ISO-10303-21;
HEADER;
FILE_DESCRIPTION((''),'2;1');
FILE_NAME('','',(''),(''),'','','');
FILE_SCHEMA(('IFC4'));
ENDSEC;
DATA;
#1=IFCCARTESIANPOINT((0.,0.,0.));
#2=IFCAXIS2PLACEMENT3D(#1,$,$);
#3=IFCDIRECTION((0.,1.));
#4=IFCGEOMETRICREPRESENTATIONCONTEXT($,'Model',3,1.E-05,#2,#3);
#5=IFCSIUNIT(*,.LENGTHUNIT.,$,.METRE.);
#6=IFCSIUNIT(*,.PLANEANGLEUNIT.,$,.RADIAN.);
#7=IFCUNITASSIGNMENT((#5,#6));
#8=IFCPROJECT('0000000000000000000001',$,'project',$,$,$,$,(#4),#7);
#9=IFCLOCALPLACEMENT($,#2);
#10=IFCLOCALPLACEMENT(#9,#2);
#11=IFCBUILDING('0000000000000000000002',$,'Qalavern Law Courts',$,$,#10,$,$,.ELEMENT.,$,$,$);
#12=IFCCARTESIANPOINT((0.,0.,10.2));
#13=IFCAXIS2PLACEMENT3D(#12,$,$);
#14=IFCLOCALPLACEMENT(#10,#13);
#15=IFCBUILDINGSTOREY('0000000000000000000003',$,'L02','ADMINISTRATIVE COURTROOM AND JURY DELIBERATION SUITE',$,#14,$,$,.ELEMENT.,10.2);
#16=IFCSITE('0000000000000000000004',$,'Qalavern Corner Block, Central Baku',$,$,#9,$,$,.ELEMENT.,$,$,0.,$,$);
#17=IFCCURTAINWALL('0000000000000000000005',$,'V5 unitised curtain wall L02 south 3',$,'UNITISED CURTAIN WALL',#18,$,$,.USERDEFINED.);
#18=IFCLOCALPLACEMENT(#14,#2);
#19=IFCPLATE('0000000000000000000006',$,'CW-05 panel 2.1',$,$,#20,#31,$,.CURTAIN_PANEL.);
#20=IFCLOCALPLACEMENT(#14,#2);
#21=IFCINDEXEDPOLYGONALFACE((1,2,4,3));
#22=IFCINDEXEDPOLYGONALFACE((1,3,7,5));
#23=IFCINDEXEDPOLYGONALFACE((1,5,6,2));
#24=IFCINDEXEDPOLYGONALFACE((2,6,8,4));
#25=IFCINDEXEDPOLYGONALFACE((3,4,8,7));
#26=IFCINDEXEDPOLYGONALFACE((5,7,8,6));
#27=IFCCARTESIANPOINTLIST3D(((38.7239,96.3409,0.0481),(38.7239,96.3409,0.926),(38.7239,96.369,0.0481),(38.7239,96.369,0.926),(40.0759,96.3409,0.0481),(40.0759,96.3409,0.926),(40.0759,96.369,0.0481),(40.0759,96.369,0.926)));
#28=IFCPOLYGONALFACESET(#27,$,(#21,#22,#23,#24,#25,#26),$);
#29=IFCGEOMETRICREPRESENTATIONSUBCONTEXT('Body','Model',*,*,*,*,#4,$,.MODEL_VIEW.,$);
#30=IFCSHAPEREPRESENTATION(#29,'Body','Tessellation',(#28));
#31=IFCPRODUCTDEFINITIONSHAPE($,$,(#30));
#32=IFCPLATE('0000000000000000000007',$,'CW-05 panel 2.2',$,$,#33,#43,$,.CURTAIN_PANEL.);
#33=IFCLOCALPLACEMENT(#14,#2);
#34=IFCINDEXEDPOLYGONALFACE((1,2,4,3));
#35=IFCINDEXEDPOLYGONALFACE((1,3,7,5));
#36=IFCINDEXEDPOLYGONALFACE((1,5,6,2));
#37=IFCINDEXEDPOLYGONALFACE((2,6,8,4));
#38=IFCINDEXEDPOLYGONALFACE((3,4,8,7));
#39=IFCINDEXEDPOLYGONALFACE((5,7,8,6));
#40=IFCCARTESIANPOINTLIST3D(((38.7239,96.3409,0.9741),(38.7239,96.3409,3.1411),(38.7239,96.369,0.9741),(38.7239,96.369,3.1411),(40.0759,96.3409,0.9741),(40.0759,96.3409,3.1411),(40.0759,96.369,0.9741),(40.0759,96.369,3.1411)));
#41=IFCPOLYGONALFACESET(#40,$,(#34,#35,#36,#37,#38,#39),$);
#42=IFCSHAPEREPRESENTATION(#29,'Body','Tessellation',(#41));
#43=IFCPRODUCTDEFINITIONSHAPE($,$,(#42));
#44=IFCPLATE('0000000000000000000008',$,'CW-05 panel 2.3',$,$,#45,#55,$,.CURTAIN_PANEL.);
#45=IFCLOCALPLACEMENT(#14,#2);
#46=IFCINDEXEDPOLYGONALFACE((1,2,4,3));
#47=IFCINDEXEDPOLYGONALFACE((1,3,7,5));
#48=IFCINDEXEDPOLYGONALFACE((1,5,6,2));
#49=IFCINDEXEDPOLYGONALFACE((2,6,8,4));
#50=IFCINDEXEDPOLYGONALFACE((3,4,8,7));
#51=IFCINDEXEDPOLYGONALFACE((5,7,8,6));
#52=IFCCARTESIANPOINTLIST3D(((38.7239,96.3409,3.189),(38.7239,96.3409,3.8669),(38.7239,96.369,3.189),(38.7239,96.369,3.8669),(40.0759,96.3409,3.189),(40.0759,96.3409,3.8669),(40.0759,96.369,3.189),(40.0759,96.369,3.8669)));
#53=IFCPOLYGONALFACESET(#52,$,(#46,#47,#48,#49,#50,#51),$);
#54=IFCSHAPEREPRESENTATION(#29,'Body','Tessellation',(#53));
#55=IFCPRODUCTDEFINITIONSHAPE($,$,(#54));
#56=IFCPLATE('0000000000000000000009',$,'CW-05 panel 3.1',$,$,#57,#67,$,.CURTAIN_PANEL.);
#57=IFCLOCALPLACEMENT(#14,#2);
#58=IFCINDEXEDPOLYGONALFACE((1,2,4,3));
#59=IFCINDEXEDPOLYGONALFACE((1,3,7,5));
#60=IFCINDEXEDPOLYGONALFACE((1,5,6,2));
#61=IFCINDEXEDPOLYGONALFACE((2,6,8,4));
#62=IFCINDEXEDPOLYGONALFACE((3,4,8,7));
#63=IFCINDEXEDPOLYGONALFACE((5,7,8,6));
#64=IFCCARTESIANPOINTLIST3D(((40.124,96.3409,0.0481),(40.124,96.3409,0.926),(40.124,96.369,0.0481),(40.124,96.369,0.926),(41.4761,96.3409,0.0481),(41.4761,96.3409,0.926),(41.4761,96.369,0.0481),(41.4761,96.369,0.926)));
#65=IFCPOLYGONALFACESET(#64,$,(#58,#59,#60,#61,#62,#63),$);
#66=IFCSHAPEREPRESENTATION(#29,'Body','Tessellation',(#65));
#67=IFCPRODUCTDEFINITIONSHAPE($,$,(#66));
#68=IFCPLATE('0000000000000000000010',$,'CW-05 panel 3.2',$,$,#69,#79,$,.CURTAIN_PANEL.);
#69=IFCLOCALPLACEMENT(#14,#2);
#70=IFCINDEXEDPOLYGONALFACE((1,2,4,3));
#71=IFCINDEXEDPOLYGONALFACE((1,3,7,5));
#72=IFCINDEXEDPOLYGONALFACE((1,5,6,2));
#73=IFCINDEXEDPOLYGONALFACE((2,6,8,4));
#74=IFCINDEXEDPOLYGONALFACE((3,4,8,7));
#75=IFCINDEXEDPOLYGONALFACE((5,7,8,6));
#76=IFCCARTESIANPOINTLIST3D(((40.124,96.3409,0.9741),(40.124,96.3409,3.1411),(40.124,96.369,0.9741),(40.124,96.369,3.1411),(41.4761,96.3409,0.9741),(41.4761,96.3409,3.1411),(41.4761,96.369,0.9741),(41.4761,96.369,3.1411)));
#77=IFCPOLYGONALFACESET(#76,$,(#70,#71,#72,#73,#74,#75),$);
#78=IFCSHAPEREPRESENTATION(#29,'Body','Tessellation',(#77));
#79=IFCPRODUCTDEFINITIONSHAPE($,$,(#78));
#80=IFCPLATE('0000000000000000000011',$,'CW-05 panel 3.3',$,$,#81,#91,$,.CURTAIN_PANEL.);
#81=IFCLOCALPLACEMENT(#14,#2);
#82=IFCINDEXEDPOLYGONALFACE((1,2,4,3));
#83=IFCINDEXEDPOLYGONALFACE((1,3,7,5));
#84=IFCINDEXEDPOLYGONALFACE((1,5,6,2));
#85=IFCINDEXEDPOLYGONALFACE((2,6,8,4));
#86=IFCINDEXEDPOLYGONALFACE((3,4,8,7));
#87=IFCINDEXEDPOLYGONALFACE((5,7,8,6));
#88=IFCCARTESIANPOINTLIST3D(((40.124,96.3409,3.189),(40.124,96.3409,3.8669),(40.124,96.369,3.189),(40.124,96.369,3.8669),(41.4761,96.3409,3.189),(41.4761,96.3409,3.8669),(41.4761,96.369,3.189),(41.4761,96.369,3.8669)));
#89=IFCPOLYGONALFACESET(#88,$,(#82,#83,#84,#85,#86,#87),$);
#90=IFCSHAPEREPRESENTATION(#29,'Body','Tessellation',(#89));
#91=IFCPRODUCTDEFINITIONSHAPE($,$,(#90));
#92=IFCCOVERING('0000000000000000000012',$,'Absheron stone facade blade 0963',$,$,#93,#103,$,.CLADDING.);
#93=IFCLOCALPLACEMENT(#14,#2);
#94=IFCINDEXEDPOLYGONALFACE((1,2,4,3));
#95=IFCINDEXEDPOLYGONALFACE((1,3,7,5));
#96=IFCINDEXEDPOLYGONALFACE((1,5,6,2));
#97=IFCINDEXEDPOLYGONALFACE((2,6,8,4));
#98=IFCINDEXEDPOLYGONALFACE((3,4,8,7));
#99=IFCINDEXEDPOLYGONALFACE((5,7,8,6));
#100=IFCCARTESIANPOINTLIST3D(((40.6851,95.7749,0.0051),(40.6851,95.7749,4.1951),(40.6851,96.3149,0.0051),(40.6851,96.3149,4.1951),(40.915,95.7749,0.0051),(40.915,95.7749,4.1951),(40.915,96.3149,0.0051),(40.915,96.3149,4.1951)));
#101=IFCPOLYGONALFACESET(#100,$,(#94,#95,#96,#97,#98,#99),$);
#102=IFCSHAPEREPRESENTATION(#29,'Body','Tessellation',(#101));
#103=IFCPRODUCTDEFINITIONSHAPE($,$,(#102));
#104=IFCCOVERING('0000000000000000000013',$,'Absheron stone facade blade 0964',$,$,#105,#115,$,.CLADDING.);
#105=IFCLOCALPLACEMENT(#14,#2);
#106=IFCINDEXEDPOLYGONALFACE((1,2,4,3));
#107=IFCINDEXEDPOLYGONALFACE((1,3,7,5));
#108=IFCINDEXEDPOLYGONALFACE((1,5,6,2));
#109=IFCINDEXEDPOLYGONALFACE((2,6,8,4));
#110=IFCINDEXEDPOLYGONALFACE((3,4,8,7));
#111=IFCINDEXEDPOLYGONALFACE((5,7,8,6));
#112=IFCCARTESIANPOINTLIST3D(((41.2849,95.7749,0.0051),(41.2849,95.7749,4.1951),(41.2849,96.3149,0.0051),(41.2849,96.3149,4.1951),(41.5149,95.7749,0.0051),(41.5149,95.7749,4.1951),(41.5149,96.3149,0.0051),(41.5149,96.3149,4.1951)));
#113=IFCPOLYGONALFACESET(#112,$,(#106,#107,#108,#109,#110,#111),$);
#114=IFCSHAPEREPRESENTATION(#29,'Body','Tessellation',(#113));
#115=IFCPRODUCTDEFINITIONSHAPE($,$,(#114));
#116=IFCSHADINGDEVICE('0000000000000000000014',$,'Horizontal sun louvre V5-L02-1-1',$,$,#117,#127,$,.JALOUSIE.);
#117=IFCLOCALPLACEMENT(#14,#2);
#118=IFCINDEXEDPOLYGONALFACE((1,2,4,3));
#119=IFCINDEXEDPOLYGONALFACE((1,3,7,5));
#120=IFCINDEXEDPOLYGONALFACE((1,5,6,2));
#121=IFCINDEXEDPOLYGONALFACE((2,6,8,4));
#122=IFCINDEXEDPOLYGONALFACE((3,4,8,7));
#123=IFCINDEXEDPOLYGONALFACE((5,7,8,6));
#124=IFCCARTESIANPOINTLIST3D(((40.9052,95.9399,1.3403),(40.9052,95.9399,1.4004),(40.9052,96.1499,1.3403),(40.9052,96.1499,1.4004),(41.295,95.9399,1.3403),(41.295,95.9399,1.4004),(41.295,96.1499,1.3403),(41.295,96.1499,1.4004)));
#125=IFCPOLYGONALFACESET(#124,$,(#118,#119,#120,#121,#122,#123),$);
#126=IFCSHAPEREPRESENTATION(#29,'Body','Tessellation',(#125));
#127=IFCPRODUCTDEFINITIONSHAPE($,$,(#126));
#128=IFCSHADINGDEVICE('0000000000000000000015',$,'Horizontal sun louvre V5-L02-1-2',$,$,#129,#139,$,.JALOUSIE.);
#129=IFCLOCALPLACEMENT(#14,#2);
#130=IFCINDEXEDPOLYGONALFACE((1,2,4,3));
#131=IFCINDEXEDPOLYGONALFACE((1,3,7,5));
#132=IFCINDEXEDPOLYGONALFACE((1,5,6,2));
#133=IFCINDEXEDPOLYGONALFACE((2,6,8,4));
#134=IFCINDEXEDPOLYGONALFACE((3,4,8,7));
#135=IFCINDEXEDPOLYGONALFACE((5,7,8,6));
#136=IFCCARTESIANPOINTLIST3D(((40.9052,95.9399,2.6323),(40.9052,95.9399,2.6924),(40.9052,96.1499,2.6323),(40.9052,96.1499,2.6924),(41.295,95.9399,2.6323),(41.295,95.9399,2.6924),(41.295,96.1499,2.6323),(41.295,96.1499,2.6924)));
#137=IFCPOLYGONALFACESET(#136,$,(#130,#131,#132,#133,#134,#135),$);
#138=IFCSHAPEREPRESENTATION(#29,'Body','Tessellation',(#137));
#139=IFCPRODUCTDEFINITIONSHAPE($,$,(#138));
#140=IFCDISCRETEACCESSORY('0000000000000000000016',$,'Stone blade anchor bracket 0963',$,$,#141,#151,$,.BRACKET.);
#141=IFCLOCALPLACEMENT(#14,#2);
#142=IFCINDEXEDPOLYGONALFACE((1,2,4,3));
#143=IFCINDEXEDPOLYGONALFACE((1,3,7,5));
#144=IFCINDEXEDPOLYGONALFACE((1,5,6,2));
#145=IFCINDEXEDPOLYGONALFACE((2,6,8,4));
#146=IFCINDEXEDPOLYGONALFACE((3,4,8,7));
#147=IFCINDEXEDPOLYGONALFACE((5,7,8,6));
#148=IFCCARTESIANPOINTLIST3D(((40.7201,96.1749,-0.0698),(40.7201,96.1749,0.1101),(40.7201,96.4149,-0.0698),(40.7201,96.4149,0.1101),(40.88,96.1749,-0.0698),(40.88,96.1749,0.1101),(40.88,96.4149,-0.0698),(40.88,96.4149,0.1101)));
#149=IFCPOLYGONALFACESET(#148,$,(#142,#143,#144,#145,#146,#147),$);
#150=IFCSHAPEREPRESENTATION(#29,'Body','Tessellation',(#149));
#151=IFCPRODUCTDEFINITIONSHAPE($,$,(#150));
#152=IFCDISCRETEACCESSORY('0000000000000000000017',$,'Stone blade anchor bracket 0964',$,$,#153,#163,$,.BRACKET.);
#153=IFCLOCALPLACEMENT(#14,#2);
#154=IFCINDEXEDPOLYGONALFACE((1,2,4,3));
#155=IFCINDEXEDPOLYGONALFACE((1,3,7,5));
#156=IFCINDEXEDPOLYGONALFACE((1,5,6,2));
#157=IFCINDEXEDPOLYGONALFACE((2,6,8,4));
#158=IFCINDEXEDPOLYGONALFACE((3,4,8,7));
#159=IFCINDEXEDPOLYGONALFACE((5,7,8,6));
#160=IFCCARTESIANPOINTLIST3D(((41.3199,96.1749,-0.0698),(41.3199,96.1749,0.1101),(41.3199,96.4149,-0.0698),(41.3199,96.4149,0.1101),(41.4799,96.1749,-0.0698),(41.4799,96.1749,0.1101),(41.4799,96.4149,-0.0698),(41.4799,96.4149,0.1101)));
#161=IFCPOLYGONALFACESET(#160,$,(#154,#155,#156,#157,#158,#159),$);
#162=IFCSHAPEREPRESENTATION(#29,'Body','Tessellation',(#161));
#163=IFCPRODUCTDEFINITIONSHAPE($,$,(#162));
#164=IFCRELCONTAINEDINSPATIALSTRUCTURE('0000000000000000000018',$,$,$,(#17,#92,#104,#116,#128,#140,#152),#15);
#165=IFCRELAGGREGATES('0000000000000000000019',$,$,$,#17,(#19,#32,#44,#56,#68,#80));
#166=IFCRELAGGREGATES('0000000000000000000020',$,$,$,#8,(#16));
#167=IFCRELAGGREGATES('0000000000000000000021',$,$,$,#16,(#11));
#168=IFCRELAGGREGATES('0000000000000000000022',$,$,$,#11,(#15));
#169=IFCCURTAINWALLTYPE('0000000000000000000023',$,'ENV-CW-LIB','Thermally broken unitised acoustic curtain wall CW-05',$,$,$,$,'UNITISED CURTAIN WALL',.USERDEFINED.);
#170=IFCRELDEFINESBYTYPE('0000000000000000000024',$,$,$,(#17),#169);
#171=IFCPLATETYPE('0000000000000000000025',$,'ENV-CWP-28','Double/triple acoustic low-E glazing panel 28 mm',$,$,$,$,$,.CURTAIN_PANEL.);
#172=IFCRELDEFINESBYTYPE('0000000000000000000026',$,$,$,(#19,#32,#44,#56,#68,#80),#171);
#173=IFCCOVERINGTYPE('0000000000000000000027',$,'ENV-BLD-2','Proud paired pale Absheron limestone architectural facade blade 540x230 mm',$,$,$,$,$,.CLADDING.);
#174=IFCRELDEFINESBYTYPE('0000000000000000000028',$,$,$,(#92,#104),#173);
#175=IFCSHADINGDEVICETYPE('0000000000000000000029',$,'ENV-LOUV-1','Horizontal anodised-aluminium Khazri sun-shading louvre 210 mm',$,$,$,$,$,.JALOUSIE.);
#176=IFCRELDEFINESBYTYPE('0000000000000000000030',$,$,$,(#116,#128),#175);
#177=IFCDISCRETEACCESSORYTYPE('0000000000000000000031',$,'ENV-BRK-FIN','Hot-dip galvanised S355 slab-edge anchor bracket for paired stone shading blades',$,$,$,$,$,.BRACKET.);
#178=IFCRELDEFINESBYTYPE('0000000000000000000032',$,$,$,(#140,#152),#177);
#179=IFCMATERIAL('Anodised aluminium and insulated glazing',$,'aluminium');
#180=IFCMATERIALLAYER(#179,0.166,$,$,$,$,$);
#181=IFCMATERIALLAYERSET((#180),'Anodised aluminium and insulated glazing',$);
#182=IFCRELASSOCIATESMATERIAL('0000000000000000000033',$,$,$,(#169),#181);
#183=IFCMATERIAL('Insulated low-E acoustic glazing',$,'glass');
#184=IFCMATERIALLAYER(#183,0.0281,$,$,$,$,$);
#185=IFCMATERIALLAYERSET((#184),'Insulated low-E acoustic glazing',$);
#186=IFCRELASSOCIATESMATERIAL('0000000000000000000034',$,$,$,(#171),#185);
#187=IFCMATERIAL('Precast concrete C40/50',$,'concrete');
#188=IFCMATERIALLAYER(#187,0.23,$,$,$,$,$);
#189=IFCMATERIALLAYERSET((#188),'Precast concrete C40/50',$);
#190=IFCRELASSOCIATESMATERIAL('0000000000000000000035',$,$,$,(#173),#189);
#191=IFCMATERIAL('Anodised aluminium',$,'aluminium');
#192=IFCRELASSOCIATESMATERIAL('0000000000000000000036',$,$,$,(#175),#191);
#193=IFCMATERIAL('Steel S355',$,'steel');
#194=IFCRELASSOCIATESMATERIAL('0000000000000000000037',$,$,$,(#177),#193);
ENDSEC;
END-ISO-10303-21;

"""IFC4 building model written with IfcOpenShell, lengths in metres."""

from ifc_helpers import new_model, si_unit, direction, frame, origin, origin_2d, place, context, subcontext, project, spatial, rectangle, extrude, material, layer, layer_set, type_object, element, aggregate, save


model = new_model("IFC4")

# Units and contexts
model_context = context("Model", 3, precision=1e-05, world=origin(), true_north=direction((0.0, 1.0)))
body_context = subcontext(model_context, "Body", "Model", "MODEL_VIEW")
ifc_project = project(units=[si_unit("LENGTHUNIT", "METRE"), si_unit("PLANEANGLEUNIT", "RADIAN")], contexts=[model_context])

# Site, building, storey
site_placement = place(None, origin())
site = spatial("IfcSite", under=ifc_project, at=site_placement, Name="Qalavern Corner Block, Central Baku", CompositionType="ELEMENT", RefElevation=0.0)
building_placement = place(site_placement, origin())
building = spatial("IfcBuilding", under=site, at=building_placement, Name="Qalavern Law Courts", CompositionType="ELEMENT")
storey_placement = place(building_placement, frame((0.0, 0.0, 10.2)))
storey = spatial("IfcBuildingStorey", under=building, at=storey_placement, Name="L02", Description="ADMINISTRATIVE COURTROOM AND JURY DELIBERATION SUITE", CompositionType="ELEMENT", Elevation=10.2)

# Curtain wall, plates
ifc_material_1 = material(Name="Anodised aluminium and insulated glazing", Category="aluminium")
ifc_layer_1 = layer(ifc_material_1, 0.166)
ifc_layer_set_1 = layer_set([ifc_layer_1], Name="Anodised aluminium and insulated glazing")
curtain_wall_type = type_object("IfcCurtainWallType", Name="ENV-CW-LIB", Description="Thermally broken unitised acoustic curtain wall CW-05", ElementType="UNITISED CURTAIN WALL", PredefinedType="USERDEFINED", material=ifc_layer_set_1)
curtain_wall_placement = place(storey_placement, origin())
curtain_wall = element("IfcCurtainWall", 1, at=curtain_wall_placement, inside=storey, type_object=curtain_wall_type, Name="V5 unitised curtain wall L02 south 3", ObjectType="UNITISED CURTAIN WALL", PredefinedType="USERDEFINED")
ifc_material_2 = material(Name="Anodised aluminium", Category="aluminium")
ifc_material_3 = material(Name="Insulated low-E acoustic glazing", Category="glass")
ifc_layer_2 = layer(ifc_material_3, 0.0281)
ifc_layer_set_2 = layer_set([ifc_layer_2], Name="Insulated low-E acoustic glazing")
plate_type = type_object("IfcPlateType", Name="ENV-CWP-28", Description="Double/triple acoustic low-E glazing panel 28 mm", PredefinedType="CURTAIN_PANEL", material=ifc_layer_set_2)
plate_1_placement = place(storey_placement, frame((39.3999, 96.355, 0.0481), z_axis=(0.0, 0.0, 1.0), x_axis=(1.0, 0.0, 0.0)))
plate_1 = element("IfcPlate", 2, at=plate_1_placement, type_object=plate_type, Name="CW-05 panel 2.1", PredefinedType="CURTAIN_PANEL", context=body_context, shape_type="SweptSolid", body=[
    extrude(rectangle(XDim=1.3521, YDim=0.0281, at=origin_2d()), origin(), (0.0, 0.0, 1.0), 0.8779),
])
plate_2_placement = place(storey_placement, frame((39.3999, 96.355, 0.9741), z_axis=(0.0, 0.0, 1.0), x_axis=(1.0, 0.0, 0.0)))
plate_2 = element("IfcPlate", 3, at=plate_2_placement, type_object=plate_type, Name="CW-05 panel 2.2", PredefinedType="CURTAIN_PANEL", context=body_context, shape_type="SweptSolid", body=[
    extrude(rectangle(XDim=1.3521, YDim=0.0281, at=origin_2d()), origin(), (0.0, 0.0, 1.0), 2.167),
])
plate_3_placement = place(storey_placement, frame((39.3999, 96.355, 3.189), z_axis=(0.0, 0.0, 1.0), x_axis=(1.0, 0.0, 0.0)))
plate_3 = element("IfcPlate", 4, at=plate_3_placement, type_object=plate_type, Name="CW-05 panel 2.3", PredefinedType="CURTAIN_PANEL", context=body_context, shape_type="SweptSolid", body=[
    extrude(rectangle(XDim=1.3521, YDim=0.0281, at=origin_2d()), origin(), (0.0, 0.0, 1.0), 0.678),
])
plate_4_placement = place(storey_placement, frame((40.8, 96.355, 0.0481), z_axis=(0.0, 0.0, 1.0), x_axis=(1.0, 0.0, 0.0)))
plate_4 = element("IfcPlate", 5, at=plate_4_placement, type_object=plate_type, Name="CW-05 panel 3.1", PredefinedType="CURTAIN_PANEL", context=body_context, shape_type="SweptSolid", body=[
    extrude(rectangle(XDim=1.3521, YDim=0.0281, at=origin_2d()), origin(), (0.0, 0.0, 1.0), 0.8779),
])
plate_5_placement = place(storey_placement, frame((40.8, 96.355, 0.9741), z_axis=(0.0, 0.0, 1.0), x_axis=(1.0, 0.0, 0.0)))
plate_5 = element("IfcPlate", 6, at=plate_5_placement, type_object=plate_type, Name="CW-05 panel 3.2", PredefinedType="CURTAIN_PANEL", context=body_context, shape_type="SweptSolid", body=[
    extrude(rectangle(XDim=1.3521, YDim=0.0281, at=origin_2d()), origin(), (0.0, 0.0, 1.0), 2.167),
])
plate_6_placement = place(storey_placement, frame((40.8, 96.355, 3.189), z_axis=(0.0, 0.0, 1.0), x_axis=(1.0, 0.0, 0.0)))
plate_6 = element("IfcPlate", 7, at=plate_6_placement, type_object=plate_type, Name="CW-05 panel 3.3", PredefinedType="CURTAIN_PANEL", context=body_context, shape_type="SweptSolid", body=[
    extrude(rectangle(XDim=1.3521, YDim=0.0281, at=origin_2d()), origin(), (0.0, 0.0, 1.0), 0.678),
])
aggregate(curtain_wall, [plate_1, plate_2, plate_3, plate_4, plate_5, plate_6])

# Coverings
ifc_material_4 = material(Name="Precast concrete C40/50", Category="concrete")
ifc_layer_3 = layer(ifc_material_4, 0.23)
ifc_layer_set_3 = layer_set([ifc_layer_3], Name="Precast concrete C40/50")
covering_type = type_object("IfcCoveringType", Name="ENV-BLD-2", Description="Proud paired pale Absheron limestone architectural facade blade 540x230 mm", PredefinedType="CLADDING", material=ifc_layer_set_3)
for number, where, z_axis, x_axis, name in (
    (8, (40.8, 96.0449, 0.0051), (0.0, 0.0, 1.0), (0.0, -1.0, 0.0), "Absheron stone facade blade 0963"),
    (9, (41.3999, 96.0449, 0.0051), (0.0, 0.0, 1.0), (0.0, -1.0, 0.0), "Absheron stone facade blade 0964"),
):
    element("IfcCovering", number, at=place(storey_placement, frame(where, z_axis=z_axis, x_axis=x_axis)), inside=storey, type_object=covering_type, Name=name, PredefinedType="CLADDING", context=body_context, shape_type="SweptSolid", body=[
        extrude(rectangle(XDim=0.54, YDim=0.23, at=origin_2d()), origin(), (0.0, 0.0, 1.0), 4.1899),
    ])

# Shading devices
shading_device_type = type_object("IfcShadingDeviceType", Name="ENV-LOUV-1", Description="Horizontal anodised-aluminium Khazri sun-shading louvre 210 mm", PredefinedType="JALOUSIE", material=ifc_material_2)
for number, where, z_axis, x_axis, name in (
    (10, (41.1001, 96.0449, 1.3403), (0.0, 0.0, 1.0), (1.0, 0.0, 0.0), "Horizontal sun louvre V5-L02-1-1"),
    (11, (41.1001, 96.0449, 2.6323), (0.0, 0.0, 1.0), (1.0, 0.0, 0.0), "Horizontal sun louvre V5-L02-1-2"),
):
    element("IfcShadingDevice", number, at=place(storey_placement, frame(where, z_axis=z_axis, x_axis=x_axis)), inside=storey, type_object=shading_device_type, Name=name, PredefinedType="JALOUSIE", context=body_context, shape_type="SweptSolid", body=[
        extrude(rectangle(XDim=0.3899, YDim=0.21, at=origin_2d()), origin(), (0.0, 0.0, 1.0), 0.0601),
    ])

# Discrete accessories
ifc_material_5 = material(Name="Steel S355", Category="steel")
discrete_accessory_type = type_object("IfcDiscreteAccessoryType", Name="ENV-BRK-FIN", Description="Hot-dip galvanised S355 slab-edge anchor bracket for paired stone shading blades", PredefinedType="BRACKET", material=ifc_material_5)
for number, where, z_axis, x_axis, name in (
    (12, (40.8, 96.2949, -0.0698), (0.0, 0.0, 1.0), (0.0, -1.0, 0.0), "Stone blade anchor bracket 0963"),
    (13, (41.3999, 96.2949, -0.0698), (0.0, 0.0, 1.0), (0.0, -1.0, 0.0), "Stone blade anchor bracket 0964"),
):
    element("IfcDiscreteAccessory", number, at=place(storey_placement, frame(where, z_axis=z_axis, x_axis=x_axis)), inside=storey, type_object=discrete_accessory_type, Name=name, PredefinedType="BRACKET", context=body_context, shape_type="SweptSolid", body=[
        extrude(rectangle(XDim=0.24, YDim=0.1599, at=origin_2d()), origin(), (0.0, 0.0, 1.0), 0.1799),
    ])

save(model, "model.ifc")
